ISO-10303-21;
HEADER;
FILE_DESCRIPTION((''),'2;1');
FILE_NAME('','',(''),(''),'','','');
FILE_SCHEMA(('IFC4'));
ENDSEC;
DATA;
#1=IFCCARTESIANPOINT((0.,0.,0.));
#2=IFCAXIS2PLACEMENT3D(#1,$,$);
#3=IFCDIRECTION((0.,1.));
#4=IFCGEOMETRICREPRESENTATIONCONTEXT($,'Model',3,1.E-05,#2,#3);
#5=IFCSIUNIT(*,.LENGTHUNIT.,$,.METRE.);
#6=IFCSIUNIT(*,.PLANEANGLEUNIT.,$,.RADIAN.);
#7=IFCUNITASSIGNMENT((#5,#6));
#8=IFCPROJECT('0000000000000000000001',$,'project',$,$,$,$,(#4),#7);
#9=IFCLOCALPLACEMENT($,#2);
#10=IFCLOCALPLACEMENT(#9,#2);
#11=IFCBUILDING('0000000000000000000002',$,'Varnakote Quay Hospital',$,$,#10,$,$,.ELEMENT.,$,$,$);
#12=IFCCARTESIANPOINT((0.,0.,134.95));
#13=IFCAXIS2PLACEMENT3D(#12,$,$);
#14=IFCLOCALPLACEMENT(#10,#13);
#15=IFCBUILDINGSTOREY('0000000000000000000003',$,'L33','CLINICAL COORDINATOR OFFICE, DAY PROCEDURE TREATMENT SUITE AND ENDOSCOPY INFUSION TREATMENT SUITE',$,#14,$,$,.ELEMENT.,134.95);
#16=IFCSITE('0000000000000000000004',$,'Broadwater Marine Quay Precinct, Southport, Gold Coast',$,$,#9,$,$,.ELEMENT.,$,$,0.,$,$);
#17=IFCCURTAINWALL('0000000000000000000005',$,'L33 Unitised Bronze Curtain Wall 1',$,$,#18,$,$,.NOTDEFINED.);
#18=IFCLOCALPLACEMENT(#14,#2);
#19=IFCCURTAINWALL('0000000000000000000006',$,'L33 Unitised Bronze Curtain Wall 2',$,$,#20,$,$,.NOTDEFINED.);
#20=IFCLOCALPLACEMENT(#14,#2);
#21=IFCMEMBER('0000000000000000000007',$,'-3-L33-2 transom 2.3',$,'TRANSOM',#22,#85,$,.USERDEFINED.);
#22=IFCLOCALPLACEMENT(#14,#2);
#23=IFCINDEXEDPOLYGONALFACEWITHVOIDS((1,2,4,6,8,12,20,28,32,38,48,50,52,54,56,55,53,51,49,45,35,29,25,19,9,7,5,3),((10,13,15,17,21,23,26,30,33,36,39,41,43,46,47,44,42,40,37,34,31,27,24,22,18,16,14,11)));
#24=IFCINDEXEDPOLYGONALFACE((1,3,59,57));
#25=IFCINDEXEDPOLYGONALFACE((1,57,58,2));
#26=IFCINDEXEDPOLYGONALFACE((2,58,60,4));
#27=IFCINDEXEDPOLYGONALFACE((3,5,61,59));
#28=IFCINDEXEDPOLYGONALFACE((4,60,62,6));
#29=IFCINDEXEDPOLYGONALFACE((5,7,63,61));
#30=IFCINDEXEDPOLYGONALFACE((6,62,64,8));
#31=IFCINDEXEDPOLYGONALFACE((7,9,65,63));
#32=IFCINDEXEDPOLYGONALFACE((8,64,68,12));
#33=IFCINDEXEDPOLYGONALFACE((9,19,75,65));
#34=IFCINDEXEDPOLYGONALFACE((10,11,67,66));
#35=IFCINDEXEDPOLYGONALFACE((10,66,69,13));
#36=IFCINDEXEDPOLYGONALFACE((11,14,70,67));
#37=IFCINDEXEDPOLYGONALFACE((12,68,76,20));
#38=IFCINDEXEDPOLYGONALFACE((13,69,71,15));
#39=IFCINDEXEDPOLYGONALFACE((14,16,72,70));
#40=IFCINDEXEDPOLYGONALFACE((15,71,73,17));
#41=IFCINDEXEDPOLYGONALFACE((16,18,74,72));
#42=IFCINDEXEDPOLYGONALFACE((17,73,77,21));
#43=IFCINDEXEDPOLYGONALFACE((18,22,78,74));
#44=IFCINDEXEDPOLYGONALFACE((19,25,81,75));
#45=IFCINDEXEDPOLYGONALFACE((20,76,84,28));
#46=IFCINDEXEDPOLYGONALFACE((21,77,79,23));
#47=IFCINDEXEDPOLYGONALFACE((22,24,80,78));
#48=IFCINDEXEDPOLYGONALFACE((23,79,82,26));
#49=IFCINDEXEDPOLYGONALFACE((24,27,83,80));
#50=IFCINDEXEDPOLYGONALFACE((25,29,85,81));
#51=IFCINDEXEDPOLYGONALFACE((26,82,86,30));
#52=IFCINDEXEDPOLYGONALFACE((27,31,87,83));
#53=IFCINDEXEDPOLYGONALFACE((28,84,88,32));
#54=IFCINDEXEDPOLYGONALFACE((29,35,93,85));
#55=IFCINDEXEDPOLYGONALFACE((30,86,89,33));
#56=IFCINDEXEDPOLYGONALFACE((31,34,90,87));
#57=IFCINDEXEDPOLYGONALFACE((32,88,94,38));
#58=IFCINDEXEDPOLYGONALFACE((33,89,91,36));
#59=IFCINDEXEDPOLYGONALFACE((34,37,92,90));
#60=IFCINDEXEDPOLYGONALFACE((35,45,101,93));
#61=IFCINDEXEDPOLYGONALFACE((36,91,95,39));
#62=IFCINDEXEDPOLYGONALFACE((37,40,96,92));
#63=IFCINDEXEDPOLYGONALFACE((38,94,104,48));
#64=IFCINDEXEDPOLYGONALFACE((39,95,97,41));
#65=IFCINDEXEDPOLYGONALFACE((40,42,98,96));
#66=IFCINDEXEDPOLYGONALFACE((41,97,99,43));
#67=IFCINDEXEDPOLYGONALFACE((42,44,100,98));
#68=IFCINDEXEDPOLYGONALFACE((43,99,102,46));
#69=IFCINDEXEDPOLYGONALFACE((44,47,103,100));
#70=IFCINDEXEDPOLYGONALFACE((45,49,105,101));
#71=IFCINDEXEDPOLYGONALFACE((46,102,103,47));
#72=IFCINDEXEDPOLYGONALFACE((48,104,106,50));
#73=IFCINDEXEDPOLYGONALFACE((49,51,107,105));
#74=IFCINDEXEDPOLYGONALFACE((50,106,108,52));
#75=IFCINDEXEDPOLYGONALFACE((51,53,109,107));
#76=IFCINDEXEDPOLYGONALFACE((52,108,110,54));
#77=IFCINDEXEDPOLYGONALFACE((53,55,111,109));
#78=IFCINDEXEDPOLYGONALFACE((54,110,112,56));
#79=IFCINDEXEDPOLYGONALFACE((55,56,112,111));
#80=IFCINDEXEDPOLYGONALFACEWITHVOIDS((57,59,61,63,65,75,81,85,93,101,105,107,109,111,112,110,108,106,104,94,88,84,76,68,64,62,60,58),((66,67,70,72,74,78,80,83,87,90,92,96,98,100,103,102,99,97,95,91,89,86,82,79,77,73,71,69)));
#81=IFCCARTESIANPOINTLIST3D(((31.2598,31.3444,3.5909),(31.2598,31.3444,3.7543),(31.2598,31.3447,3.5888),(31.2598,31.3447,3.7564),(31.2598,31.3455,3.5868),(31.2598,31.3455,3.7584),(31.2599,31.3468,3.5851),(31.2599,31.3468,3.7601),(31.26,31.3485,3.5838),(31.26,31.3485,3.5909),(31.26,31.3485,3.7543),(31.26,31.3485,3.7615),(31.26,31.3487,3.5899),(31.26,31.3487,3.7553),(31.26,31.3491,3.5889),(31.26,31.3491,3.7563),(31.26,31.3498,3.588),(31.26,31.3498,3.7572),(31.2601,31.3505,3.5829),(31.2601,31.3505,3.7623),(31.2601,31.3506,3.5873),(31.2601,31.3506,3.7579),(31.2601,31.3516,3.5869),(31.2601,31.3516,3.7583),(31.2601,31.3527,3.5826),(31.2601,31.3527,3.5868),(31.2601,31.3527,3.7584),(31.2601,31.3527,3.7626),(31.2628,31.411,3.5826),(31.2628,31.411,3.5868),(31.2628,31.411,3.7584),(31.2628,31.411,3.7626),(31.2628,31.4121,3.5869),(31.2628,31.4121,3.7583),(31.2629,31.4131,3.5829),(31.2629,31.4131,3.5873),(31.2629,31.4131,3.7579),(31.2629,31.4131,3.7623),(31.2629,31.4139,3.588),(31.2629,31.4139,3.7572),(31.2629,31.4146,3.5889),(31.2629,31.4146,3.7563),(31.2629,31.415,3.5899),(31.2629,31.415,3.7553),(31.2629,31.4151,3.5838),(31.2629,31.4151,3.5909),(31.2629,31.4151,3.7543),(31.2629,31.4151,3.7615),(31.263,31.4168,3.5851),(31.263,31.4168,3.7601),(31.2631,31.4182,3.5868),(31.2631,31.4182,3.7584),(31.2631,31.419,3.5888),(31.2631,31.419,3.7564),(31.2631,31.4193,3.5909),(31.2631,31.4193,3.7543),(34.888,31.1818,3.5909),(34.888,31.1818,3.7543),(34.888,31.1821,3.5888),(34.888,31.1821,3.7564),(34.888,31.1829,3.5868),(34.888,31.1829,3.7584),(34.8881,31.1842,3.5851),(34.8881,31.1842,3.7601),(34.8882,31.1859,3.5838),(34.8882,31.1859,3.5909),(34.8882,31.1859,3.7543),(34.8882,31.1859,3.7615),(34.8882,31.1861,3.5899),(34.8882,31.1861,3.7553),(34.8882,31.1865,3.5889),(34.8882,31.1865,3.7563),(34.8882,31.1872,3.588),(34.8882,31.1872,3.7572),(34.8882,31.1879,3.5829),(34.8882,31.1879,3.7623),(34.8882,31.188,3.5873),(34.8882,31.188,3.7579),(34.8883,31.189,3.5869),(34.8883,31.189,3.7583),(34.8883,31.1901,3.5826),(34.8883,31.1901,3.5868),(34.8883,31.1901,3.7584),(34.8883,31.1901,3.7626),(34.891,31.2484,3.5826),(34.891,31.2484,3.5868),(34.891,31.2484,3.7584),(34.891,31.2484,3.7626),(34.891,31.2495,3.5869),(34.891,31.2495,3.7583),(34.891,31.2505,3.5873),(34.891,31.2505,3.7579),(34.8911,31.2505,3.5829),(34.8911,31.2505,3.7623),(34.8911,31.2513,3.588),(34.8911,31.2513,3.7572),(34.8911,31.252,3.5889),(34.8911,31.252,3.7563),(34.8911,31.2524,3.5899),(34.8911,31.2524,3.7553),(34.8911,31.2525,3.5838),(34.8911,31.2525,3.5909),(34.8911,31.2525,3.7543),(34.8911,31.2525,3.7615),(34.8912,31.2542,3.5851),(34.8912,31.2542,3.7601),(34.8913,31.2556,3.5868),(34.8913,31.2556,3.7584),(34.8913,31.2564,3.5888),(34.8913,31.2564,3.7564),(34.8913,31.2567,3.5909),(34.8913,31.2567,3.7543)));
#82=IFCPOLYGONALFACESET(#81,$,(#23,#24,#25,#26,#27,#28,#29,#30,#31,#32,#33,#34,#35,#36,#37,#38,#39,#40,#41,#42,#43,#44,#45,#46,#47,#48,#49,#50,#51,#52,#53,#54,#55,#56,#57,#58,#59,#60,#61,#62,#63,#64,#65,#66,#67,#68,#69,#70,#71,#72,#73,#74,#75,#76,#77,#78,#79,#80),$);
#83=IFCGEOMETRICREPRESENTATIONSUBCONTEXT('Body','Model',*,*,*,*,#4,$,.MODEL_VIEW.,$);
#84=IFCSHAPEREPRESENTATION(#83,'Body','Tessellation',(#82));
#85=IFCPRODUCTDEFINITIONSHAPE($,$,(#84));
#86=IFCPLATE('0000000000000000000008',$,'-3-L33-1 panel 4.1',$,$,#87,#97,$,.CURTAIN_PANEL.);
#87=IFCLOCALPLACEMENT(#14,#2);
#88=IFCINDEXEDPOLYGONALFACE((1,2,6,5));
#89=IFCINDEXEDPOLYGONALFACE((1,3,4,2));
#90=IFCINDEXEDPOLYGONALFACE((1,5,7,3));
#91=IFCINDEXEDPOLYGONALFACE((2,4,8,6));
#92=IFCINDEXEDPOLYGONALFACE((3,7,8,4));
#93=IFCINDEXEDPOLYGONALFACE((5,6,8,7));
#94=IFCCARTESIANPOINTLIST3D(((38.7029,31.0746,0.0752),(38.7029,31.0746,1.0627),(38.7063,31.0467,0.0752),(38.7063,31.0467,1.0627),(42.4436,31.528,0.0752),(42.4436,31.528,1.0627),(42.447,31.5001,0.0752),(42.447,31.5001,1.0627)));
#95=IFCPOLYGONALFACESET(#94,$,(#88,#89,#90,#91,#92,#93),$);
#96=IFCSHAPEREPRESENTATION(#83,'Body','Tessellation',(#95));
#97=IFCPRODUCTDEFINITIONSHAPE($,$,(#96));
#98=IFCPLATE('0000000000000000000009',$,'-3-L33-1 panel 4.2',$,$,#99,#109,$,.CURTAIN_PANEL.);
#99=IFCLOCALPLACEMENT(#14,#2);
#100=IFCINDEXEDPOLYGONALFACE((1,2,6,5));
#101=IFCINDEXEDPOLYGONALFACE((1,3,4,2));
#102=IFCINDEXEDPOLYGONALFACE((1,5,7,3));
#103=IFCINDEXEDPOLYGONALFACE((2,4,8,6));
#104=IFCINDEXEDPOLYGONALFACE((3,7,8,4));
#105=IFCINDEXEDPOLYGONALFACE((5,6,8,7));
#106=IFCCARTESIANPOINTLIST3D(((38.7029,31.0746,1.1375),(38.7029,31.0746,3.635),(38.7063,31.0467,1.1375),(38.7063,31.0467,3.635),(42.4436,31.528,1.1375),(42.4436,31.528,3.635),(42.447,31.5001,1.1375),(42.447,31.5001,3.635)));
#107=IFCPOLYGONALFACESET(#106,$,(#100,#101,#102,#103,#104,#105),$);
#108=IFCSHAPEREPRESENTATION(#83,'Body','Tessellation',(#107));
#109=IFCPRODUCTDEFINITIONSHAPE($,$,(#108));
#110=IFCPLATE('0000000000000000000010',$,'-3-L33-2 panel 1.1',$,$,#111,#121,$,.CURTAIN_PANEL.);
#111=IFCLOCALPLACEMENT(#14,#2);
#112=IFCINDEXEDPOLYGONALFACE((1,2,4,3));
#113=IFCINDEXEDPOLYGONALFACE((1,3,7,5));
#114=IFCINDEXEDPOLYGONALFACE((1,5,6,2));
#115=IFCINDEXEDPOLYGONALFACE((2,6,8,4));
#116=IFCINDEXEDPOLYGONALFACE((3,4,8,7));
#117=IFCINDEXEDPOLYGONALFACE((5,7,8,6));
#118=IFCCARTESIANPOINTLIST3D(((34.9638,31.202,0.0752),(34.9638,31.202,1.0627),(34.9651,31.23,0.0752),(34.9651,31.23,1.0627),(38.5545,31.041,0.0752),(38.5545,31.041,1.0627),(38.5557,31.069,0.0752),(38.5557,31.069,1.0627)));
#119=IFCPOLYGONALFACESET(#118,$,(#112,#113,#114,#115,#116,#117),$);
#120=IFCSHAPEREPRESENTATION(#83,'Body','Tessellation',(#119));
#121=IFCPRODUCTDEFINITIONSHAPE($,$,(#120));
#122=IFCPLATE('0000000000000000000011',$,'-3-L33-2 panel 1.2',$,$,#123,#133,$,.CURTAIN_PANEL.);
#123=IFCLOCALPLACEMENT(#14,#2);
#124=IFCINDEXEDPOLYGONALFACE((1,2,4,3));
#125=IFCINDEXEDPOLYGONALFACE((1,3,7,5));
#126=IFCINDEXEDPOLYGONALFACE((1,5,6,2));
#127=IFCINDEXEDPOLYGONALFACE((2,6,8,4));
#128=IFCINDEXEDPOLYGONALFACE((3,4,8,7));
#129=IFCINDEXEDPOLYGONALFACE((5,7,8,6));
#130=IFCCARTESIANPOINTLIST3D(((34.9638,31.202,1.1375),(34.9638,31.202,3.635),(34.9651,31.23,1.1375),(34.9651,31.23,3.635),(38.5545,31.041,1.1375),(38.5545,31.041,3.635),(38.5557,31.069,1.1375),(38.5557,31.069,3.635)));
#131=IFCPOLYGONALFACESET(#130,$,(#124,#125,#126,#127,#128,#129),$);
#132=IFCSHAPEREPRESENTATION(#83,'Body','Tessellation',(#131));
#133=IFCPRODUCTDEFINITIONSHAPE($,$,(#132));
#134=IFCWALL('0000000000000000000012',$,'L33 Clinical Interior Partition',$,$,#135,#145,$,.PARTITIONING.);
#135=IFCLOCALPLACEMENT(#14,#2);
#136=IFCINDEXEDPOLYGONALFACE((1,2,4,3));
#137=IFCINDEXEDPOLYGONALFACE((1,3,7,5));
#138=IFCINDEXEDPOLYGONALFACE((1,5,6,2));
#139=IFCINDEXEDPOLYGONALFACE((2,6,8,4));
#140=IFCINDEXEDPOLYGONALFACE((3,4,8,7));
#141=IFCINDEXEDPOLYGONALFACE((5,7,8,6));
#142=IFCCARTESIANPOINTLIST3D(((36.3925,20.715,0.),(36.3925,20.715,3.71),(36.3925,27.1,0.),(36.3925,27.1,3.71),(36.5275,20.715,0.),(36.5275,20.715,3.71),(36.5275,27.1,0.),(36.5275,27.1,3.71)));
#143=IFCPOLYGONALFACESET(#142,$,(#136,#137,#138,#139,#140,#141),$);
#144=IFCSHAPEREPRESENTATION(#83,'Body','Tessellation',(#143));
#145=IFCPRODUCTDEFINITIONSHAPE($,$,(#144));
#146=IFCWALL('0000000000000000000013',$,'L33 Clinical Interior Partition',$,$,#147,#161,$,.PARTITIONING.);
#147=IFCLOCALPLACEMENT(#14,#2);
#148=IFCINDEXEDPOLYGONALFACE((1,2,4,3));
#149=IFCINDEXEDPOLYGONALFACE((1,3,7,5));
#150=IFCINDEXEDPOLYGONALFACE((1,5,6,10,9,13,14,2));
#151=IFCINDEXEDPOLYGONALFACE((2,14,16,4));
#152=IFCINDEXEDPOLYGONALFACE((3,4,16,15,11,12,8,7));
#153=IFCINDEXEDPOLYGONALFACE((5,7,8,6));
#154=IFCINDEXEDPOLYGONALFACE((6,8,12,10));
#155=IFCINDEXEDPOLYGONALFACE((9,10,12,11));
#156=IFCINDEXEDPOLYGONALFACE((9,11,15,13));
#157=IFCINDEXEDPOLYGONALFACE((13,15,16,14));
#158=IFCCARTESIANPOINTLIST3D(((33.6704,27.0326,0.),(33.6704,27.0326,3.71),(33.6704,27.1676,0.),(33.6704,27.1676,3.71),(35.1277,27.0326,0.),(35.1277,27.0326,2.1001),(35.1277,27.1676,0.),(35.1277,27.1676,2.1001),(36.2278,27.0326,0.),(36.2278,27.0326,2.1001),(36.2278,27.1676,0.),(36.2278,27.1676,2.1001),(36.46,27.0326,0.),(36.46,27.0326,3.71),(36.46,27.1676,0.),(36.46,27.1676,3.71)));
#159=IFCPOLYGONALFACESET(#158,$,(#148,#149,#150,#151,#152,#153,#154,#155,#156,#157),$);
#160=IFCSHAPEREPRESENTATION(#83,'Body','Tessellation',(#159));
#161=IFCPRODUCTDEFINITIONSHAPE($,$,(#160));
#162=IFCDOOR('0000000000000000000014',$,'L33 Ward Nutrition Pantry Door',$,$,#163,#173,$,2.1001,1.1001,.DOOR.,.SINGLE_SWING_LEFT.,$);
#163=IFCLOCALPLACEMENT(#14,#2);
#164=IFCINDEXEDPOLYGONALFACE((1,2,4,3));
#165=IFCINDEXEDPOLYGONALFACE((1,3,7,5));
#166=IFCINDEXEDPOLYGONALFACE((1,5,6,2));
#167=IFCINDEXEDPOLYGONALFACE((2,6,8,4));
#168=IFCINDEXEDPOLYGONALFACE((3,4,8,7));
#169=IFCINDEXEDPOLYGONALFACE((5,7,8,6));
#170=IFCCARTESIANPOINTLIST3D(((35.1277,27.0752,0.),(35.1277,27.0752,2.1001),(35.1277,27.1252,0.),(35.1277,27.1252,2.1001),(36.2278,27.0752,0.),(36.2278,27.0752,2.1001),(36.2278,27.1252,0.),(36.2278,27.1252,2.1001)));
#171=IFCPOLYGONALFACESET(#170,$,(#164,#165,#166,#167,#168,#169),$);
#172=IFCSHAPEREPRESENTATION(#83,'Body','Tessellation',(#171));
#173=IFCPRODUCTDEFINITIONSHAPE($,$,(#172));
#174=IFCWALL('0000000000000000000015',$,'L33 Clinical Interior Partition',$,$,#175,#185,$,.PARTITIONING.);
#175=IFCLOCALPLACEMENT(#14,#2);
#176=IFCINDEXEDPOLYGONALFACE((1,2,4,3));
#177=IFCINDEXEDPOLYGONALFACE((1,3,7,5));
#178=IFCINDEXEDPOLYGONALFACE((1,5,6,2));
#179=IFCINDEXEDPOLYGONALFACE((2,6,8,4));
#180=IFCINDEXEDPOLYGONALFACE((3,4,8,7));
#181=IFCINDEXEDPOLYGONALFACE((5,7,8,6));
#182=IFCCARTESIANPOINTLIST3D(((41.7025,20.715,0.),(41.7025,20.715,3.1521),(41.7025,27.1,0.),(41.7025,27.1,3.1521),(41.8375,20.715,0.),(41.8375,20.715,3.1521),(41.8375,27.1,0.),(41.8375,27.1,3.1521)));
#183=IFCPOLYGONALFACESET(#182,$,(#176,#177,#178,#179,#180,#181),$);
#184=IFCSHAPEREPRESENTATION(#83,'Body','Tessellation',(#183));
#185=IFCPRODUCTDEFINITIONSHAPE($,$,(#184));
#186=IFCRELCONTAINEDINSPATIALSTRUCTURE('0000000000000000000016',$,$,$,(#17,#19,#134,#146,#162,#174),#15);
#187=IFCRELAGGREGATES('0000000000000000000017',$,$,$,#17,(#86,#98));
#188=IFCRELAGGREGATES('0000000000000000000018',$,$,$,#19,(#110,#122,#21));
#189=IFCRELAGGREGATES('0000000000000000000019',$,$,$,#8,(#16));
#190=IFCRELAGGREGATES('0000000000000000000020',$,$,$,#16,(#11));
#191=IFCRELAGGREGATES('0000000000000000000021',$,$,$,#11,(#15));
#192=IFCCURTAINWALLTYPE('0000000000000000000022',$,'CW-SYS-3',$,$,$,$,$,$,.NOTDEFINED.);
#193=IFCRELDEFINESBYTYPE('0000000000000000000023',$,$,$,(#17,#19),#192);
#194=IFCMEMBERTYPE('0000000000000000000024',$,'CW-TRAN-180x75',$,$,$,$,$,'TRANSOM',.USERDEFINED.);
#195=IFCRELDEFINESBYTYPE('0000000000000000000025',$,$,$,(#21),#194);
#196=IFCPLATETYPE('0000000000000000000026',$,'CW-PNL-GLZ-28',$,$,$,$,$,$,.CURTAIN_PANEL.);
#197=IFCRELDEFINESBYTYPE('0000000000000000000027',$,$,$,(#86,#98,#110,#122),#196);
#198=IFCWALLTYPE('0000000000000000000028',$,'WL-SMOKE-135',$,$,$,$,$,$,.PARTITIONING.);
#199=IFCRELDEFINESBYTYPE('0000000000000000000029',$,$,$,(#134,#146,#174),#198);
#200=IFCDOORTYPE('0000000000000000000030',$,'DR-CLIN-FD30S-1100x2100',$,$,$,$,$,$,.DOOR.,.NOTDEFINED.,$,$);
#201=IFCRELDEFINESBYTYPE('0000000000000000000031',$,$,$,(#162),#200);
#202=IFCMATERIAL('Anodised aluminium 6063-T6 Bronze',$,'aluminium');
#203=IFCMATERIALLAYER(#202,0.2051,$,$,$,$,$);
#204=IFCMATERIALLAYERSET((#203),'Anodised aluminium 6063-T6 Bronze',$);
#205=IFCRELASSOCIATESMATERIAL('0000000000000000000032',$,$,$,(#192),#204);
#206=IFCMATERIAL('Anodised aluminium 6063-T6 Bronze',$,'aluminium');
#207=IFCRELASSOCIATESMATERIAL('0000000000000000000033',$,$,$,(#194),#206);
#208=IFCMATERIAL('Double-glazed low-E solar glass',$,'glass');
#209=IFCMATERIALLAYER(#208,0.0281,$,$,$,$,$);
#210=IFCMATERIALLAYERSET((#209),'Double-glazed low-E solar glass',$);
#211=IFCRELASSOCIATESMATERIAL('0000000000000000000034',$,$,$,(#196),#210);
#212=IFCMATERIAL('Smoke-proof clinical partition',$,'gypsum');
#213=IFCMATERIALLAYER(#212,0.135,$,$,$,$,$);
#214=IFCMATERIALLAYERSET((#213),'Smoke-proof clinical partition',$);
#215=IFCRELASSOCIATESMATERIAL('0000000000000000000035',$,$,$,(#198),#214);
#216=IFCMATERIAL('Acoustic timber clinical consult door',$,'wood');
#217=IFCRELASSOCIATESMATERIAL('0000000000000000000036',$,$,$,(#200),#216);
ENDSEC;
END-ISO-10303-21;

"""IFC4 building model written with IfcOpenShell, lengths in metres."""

from ifc_helpers import new_model, si_unit, direction, frame, frame_2d, origin, origin_2d, place, context, subcontext, project, spatial, rectangle, hollow_rectangle, extrude, material, layer, layer_set, material_profile, profile_set, type_object, element, fill, aggregate, save


model = new_model("IFC4")

# Units and contexts
model_context = context("Model", 3, precision=1e-05, world=origin(), true_north=direction((0.0, 1.0)))
body_context = subcontext(model_context, "Body", "Model", "MODEL_VIEW")
ifc_project = project(units=[si_unit("LENGTHUNIT", "METRE"), si_unit("PLANEANGLEUNIT", "RADIAN")], contexts=[model_context])

# Site, building, storey
site_placement = place(None, origin())
site = spatial("IfcSite", under=ifc_project, at=site_placement, Name="Broadwater Marine Quay Precinct, Southport, Gold Coast", CompositionType="ELEMENT", RefElevation=0.0)
building_placement = place(site_placement, origin())
building = spatial("IfcBuilding", under=site, at=building_placement, Name="Varnakote Quay Hospital", CompositionType="ELEMENT")
storey_placement = place(building_placement, frame((0.0, 0.0, 134.95)))
storey = spatial("IfcBuildingStorey", under=building, at=storey_placement, Name="L33", Description="CLINICAL COORDINATOR OFFICE, DAY PROCEDURE TREATMENT SUITE AND ENDOSCOPY INFUSION TREATMENT SUITE", CompositionType="ELEMENT", Elevation=134.95)

# Curtain wall
ifc_material_1 = material(Name="Anodised aluminium 6063-T6 Bronze", Category="aluminium")
ifc_layer_1 = layer(ifc_material_1, 0.2051)
ifc_layer_set_1 = layer_set([ifc_layer_1], Name="Anodised aluminium 6063-T6 Bronze")
curtain_wall_type = type_object("IfcCurtainWallType", Name="CW-SYS-3", PredefinedType="NOTDEFINED", material=ifc_layer_set_1)
curtain_wall_1_placement = place(storey_placement, origin())
curtain_wall_1 = element("IfcCurtainWall", 1, at=curtain_wall_1_placement, inside=storey, type_object=curtain_wall_type, Name="L33 Unitised Bronze Curtain Wall 1", PredefinedType="NOTDEFINED")

# Curtain wall, member
curtain_wall_2_placement = place(storey_placement, origin())
curtain_wall_2 = element("IfcCurtainWall", 2, at=curtain_wall_2_placement, inside=storey, type_object=curtain_wall_type, Name="L33 Unitised Bronze Curtain Wall 2", PredefinedType="NOTDEFINED")
ifc_material_2 = material(Name="Anodised aluminium 6063-T6 Bronze", Category="aluminium")
ifc_material_profile_1 = material_profile(ifc_material_2, hollow_rectangle(XDim=0.075, YDim=0.1799, WallThickness=0.0042, InnerFilletRadius=0.0042, OuterFilletRadius=0.0083, at=origin_2d()), Name="CW-TRAN-180x75")
ifc_profile_set_1 = profile_set([ifc_material_profile_1], Name="Anodised aluminium 6063-T6 Bronze")
member_type_1 = type_object("IfcMemberType", Name="CW-TRAN-180x75", ElementType="TRANSOM", PredefinedType="USERDEFINED", material=ifc_profile_set_1)
member_1_placement = place(storey_placement, frame((34.8896, 31.2192, 3.6726), z_axis=(-0.998997, 0.04477, 0.0), x_axis=(-0.04477, -0.998997, 0.0)))
member_1 = element("IfcMember", 3, at=member_1_placement, type_object=member_type_1, Name="-3-L33-2 transom 2.3", ObjectType="TRANSOM", PredefinedType="USERDEFINED", context=body_context, shape_type="SweptSolid", body=[
    extrude(hollow_rectangle(XDim=0.075, YDim=0.1799, WallThickness=0.0042, InnerFilletRadius=0.0042, OuterFilletRadius=0.0083, at=origin_2d()), origin(), (0.0, 0.0, 1.0), 3.6318),
])

# Plates
ifc_material_3 = material(Name="Double-glazed low-E solar glass", Category="glass")
ifc_layer_2 = layer(ifc_material_3, 0.0281)
ifc_layer_set_2 = layer_set([ifc_layer_2], Name="Double-glazed low-E solar glass")
plate_type = type_object("IfcPlateType", Name="CW-PNL-GLZ-28", PredefinedType="CURTAIN_PANEL", material=ifc_layer_set_2)
plate_1_placement = place(storey_placement, frame((40.575, 31.2874, 0.0752), z_axis=(0.0, 0.0, 1.0), x_axis=(-0.992734, -0.120327, 0.0)))
plate_1 = element("IfcPlate", 4, at=plate_1_placement, type_object=plate_type, Name="-3-L33-1 panel 4.1", PredefinedType="CURTAIN_PANEL", context=body_context, shape_type="SweptSolid", body=[
    extrude(rectangle(XDim=3.7681, YDim=0.0281, at=origin_2d()), origin(), (0.0, 0.0, 1.0), 0.9875),
])
plate_2_placement = place(storey_placement, frame((40.575, 31.2874, 1.1375), z_axis=(0.0, 0.0, 1.0), x_axis=(-0.992734, -0.120327, 0.0)))
plate_2 = element("IfcPlate", 5, at=plate_2_placement, type_object=plate_type, Name="-3-L33-1 panel 4.2", PredefinedType="CURTAIN_PANEL", context=body_context, shape_type="SweptSolid", body=[
    extrude(rectangle(XDim=3.7681, YDim=0.0281, at=origin_2d()), origin(), (0.0, 0.0, 1.0), 2.4976),
])
aggregate(curtain_wall_1, [plate_1, plate_2])
plate_3_placement = place(storey_placement, frame((36.7598, 31.1355, 0.0752), z_axis=(0.0, 0.0, 1.0), x_axis=(-0.998997, 0.044782, 0.0)))
plate_3 = element("IfcPlate", 6, at=plate_3_placement, type_object=plate_type, Name="-3-L33-2 panel 1.1", PredefinedType="CURTAIN_PANEL", context=body_context, shape_type="SweptSolid", body=[
    extrude(rectangle(XDim=3.5942, YDim=0.0281, at=origin_2d()), origin(), (0.0, 0.0, 1.0), 0.9875),
])
plate_4_placement = place(storey_placement, frame((36.7598, 31.1355, 1.1375), z_axis=(0.0, 0.0, 1.0), x_axis=(-0.998997, 0.044782, 0.0)))
plate_4 = element("IfcPlate", 7, at=plate_4_placement, type_object=plate_type, Name="-3-L33-2 panel 1.2", PredefinedType="CURTAIN_PANEL", context=body_context, shape_type="SweptSolid", body=[
    extrude(rectangle(XDim=3.5942, YDim=0.0281, at=origin_2d()), origin(), (0.0, 0.0, 1.0), 2.4976),
])
aggregate(curtain_wall_2, [plate_3, plate_4, member_1])

# Wall
ifc_material_4 = material(Name="Smoke-proof clinical partition", Category="gypsum")
ifc_layer_3 = layer(ifc_material_4, 0.135)
ifc_layer_set_3 = layer_set([ifc_layer_3], Name="Smoke-proof clinical partition")
wall_type = type_object("IfcWallType", Name="WL-SMOKE-135", PredefinedType="PARTITIONING", material=ifc_layer_set_3)
wall_1_placement = place(storey_placement, frame((36.46, 20.7151, 0.0), z_axis=(0.0, 0.0, 1.0), x_axis=(0.0, 1.0, 0.0)))
element("IfcWall", 8, at=wall_1_placement, inside=storey, type_object=wall_type, Name="L33 Clinical Interior Partition", PredefinedType="PARTITIONING", context=body_context, shape_type="SweptSolid", body=[
    extrude(rectangle(XDim=6.385, YDim=0.135, at=frame_2d((3.1924, 0.0))), origin(), (0.0, 0.0, 1.0), 3.71),
])

# Wall, opening, door
wall_2_placement = place(storey_placement, frame((36.46, 27.1001, 0.0), z_axis=(0.0, 0.0, 1.0), x_axis=(-1.0, 0.0, 0.0)))
wall_2 = element("IfcWall", 9, at=wall_2_placement, inside=storey, type_object=wall_type, Name="L33 Clinical Interior Partition", PredefinedType="PARTITIONING", context=body_context, shape_type="SweptSolid", body=[
    extrude(rectangle(XDim=2.7896, YDim=0.135, at=frame_2d((1.3948, 0.0))), origin(), (0.0, 0.0, 1.0), 3.71),
])
opening_placement = place(wall_2_placement, frame((0.2322, 0.0, 0.0)))
opening = element("IfcOpeningElement", 10, at=opening_placement, cuts=wall_2, PredefinedType="OPENING", context=body_context, shape_type="SweptSolid", body=[
    extrude(rectangle(XDim=1.1001, YDim=2.1001, at=frame_2d((0.55, 1.05))), frame((0.0, 0.0774, 0.0), z_axis=(0.0, -1.0, 0.0), x_axis=(1.0, 0.0, 0.0)), (0.0, 0.0, 1.0), 0.155),
])
ifc_material_5 = material(Name="Acoustic timber clinical consult door", Category="wood")
door_type = type_object("IfcDoorType", Name="DR-CLIN-FD30S-1100x2100", OperationType="NOTDEFINED", PredefinedType="DOOR", material=ifc_material_5)
door_placement = place(opening_placement, origin())
door = element("IfcDoor", 11, at=door_placement, inside=storey, type_object=door_type, Name="L33 Ward Nutrition Pantry Door", OperationType="SINGLE_SWING_LEFT", OverallHeight=2.1001, OverallWidth=1.1001, PredefinedType="DOOR", context=body_context, shape_type="SweptSolid", body=[
    extrude(rectangle(XDim=1.1001, YDim=2.1001, at=frame_2d((0.55, 1.05))), frame((0.0, 0.0249, 0.0), z_axis=(0.0, -1.0, 0.0), x_axis=(1.0, 0.0, 0.0)), (0.0, 0.0, 1.0), 0.05),
])
fill(opening, door)

# Wall
wall_3_placement = place(storey_placement, frame((41.77, 20.7151, 0.0), z_axis=(0.0, 0.0, 1.0), x_axis=(0.0, 1.0, 0.0)))
element("IfcWall", 12, at=wall_3_placement, inside=storey, type_object=wall_type, Name="L33 Clinical Interior Partition", PredefinedType="PARTITIONING", context=body_context, shape_type="SweptSolid", body=[
    extrude(rectangle(XDim=6.385, YDim=0.135, at=frame_2d((3.1924, 0.0))), origin(), (0.0, 0.0, 1.0), 3.1521),
])

save(model, "model.ifc")
